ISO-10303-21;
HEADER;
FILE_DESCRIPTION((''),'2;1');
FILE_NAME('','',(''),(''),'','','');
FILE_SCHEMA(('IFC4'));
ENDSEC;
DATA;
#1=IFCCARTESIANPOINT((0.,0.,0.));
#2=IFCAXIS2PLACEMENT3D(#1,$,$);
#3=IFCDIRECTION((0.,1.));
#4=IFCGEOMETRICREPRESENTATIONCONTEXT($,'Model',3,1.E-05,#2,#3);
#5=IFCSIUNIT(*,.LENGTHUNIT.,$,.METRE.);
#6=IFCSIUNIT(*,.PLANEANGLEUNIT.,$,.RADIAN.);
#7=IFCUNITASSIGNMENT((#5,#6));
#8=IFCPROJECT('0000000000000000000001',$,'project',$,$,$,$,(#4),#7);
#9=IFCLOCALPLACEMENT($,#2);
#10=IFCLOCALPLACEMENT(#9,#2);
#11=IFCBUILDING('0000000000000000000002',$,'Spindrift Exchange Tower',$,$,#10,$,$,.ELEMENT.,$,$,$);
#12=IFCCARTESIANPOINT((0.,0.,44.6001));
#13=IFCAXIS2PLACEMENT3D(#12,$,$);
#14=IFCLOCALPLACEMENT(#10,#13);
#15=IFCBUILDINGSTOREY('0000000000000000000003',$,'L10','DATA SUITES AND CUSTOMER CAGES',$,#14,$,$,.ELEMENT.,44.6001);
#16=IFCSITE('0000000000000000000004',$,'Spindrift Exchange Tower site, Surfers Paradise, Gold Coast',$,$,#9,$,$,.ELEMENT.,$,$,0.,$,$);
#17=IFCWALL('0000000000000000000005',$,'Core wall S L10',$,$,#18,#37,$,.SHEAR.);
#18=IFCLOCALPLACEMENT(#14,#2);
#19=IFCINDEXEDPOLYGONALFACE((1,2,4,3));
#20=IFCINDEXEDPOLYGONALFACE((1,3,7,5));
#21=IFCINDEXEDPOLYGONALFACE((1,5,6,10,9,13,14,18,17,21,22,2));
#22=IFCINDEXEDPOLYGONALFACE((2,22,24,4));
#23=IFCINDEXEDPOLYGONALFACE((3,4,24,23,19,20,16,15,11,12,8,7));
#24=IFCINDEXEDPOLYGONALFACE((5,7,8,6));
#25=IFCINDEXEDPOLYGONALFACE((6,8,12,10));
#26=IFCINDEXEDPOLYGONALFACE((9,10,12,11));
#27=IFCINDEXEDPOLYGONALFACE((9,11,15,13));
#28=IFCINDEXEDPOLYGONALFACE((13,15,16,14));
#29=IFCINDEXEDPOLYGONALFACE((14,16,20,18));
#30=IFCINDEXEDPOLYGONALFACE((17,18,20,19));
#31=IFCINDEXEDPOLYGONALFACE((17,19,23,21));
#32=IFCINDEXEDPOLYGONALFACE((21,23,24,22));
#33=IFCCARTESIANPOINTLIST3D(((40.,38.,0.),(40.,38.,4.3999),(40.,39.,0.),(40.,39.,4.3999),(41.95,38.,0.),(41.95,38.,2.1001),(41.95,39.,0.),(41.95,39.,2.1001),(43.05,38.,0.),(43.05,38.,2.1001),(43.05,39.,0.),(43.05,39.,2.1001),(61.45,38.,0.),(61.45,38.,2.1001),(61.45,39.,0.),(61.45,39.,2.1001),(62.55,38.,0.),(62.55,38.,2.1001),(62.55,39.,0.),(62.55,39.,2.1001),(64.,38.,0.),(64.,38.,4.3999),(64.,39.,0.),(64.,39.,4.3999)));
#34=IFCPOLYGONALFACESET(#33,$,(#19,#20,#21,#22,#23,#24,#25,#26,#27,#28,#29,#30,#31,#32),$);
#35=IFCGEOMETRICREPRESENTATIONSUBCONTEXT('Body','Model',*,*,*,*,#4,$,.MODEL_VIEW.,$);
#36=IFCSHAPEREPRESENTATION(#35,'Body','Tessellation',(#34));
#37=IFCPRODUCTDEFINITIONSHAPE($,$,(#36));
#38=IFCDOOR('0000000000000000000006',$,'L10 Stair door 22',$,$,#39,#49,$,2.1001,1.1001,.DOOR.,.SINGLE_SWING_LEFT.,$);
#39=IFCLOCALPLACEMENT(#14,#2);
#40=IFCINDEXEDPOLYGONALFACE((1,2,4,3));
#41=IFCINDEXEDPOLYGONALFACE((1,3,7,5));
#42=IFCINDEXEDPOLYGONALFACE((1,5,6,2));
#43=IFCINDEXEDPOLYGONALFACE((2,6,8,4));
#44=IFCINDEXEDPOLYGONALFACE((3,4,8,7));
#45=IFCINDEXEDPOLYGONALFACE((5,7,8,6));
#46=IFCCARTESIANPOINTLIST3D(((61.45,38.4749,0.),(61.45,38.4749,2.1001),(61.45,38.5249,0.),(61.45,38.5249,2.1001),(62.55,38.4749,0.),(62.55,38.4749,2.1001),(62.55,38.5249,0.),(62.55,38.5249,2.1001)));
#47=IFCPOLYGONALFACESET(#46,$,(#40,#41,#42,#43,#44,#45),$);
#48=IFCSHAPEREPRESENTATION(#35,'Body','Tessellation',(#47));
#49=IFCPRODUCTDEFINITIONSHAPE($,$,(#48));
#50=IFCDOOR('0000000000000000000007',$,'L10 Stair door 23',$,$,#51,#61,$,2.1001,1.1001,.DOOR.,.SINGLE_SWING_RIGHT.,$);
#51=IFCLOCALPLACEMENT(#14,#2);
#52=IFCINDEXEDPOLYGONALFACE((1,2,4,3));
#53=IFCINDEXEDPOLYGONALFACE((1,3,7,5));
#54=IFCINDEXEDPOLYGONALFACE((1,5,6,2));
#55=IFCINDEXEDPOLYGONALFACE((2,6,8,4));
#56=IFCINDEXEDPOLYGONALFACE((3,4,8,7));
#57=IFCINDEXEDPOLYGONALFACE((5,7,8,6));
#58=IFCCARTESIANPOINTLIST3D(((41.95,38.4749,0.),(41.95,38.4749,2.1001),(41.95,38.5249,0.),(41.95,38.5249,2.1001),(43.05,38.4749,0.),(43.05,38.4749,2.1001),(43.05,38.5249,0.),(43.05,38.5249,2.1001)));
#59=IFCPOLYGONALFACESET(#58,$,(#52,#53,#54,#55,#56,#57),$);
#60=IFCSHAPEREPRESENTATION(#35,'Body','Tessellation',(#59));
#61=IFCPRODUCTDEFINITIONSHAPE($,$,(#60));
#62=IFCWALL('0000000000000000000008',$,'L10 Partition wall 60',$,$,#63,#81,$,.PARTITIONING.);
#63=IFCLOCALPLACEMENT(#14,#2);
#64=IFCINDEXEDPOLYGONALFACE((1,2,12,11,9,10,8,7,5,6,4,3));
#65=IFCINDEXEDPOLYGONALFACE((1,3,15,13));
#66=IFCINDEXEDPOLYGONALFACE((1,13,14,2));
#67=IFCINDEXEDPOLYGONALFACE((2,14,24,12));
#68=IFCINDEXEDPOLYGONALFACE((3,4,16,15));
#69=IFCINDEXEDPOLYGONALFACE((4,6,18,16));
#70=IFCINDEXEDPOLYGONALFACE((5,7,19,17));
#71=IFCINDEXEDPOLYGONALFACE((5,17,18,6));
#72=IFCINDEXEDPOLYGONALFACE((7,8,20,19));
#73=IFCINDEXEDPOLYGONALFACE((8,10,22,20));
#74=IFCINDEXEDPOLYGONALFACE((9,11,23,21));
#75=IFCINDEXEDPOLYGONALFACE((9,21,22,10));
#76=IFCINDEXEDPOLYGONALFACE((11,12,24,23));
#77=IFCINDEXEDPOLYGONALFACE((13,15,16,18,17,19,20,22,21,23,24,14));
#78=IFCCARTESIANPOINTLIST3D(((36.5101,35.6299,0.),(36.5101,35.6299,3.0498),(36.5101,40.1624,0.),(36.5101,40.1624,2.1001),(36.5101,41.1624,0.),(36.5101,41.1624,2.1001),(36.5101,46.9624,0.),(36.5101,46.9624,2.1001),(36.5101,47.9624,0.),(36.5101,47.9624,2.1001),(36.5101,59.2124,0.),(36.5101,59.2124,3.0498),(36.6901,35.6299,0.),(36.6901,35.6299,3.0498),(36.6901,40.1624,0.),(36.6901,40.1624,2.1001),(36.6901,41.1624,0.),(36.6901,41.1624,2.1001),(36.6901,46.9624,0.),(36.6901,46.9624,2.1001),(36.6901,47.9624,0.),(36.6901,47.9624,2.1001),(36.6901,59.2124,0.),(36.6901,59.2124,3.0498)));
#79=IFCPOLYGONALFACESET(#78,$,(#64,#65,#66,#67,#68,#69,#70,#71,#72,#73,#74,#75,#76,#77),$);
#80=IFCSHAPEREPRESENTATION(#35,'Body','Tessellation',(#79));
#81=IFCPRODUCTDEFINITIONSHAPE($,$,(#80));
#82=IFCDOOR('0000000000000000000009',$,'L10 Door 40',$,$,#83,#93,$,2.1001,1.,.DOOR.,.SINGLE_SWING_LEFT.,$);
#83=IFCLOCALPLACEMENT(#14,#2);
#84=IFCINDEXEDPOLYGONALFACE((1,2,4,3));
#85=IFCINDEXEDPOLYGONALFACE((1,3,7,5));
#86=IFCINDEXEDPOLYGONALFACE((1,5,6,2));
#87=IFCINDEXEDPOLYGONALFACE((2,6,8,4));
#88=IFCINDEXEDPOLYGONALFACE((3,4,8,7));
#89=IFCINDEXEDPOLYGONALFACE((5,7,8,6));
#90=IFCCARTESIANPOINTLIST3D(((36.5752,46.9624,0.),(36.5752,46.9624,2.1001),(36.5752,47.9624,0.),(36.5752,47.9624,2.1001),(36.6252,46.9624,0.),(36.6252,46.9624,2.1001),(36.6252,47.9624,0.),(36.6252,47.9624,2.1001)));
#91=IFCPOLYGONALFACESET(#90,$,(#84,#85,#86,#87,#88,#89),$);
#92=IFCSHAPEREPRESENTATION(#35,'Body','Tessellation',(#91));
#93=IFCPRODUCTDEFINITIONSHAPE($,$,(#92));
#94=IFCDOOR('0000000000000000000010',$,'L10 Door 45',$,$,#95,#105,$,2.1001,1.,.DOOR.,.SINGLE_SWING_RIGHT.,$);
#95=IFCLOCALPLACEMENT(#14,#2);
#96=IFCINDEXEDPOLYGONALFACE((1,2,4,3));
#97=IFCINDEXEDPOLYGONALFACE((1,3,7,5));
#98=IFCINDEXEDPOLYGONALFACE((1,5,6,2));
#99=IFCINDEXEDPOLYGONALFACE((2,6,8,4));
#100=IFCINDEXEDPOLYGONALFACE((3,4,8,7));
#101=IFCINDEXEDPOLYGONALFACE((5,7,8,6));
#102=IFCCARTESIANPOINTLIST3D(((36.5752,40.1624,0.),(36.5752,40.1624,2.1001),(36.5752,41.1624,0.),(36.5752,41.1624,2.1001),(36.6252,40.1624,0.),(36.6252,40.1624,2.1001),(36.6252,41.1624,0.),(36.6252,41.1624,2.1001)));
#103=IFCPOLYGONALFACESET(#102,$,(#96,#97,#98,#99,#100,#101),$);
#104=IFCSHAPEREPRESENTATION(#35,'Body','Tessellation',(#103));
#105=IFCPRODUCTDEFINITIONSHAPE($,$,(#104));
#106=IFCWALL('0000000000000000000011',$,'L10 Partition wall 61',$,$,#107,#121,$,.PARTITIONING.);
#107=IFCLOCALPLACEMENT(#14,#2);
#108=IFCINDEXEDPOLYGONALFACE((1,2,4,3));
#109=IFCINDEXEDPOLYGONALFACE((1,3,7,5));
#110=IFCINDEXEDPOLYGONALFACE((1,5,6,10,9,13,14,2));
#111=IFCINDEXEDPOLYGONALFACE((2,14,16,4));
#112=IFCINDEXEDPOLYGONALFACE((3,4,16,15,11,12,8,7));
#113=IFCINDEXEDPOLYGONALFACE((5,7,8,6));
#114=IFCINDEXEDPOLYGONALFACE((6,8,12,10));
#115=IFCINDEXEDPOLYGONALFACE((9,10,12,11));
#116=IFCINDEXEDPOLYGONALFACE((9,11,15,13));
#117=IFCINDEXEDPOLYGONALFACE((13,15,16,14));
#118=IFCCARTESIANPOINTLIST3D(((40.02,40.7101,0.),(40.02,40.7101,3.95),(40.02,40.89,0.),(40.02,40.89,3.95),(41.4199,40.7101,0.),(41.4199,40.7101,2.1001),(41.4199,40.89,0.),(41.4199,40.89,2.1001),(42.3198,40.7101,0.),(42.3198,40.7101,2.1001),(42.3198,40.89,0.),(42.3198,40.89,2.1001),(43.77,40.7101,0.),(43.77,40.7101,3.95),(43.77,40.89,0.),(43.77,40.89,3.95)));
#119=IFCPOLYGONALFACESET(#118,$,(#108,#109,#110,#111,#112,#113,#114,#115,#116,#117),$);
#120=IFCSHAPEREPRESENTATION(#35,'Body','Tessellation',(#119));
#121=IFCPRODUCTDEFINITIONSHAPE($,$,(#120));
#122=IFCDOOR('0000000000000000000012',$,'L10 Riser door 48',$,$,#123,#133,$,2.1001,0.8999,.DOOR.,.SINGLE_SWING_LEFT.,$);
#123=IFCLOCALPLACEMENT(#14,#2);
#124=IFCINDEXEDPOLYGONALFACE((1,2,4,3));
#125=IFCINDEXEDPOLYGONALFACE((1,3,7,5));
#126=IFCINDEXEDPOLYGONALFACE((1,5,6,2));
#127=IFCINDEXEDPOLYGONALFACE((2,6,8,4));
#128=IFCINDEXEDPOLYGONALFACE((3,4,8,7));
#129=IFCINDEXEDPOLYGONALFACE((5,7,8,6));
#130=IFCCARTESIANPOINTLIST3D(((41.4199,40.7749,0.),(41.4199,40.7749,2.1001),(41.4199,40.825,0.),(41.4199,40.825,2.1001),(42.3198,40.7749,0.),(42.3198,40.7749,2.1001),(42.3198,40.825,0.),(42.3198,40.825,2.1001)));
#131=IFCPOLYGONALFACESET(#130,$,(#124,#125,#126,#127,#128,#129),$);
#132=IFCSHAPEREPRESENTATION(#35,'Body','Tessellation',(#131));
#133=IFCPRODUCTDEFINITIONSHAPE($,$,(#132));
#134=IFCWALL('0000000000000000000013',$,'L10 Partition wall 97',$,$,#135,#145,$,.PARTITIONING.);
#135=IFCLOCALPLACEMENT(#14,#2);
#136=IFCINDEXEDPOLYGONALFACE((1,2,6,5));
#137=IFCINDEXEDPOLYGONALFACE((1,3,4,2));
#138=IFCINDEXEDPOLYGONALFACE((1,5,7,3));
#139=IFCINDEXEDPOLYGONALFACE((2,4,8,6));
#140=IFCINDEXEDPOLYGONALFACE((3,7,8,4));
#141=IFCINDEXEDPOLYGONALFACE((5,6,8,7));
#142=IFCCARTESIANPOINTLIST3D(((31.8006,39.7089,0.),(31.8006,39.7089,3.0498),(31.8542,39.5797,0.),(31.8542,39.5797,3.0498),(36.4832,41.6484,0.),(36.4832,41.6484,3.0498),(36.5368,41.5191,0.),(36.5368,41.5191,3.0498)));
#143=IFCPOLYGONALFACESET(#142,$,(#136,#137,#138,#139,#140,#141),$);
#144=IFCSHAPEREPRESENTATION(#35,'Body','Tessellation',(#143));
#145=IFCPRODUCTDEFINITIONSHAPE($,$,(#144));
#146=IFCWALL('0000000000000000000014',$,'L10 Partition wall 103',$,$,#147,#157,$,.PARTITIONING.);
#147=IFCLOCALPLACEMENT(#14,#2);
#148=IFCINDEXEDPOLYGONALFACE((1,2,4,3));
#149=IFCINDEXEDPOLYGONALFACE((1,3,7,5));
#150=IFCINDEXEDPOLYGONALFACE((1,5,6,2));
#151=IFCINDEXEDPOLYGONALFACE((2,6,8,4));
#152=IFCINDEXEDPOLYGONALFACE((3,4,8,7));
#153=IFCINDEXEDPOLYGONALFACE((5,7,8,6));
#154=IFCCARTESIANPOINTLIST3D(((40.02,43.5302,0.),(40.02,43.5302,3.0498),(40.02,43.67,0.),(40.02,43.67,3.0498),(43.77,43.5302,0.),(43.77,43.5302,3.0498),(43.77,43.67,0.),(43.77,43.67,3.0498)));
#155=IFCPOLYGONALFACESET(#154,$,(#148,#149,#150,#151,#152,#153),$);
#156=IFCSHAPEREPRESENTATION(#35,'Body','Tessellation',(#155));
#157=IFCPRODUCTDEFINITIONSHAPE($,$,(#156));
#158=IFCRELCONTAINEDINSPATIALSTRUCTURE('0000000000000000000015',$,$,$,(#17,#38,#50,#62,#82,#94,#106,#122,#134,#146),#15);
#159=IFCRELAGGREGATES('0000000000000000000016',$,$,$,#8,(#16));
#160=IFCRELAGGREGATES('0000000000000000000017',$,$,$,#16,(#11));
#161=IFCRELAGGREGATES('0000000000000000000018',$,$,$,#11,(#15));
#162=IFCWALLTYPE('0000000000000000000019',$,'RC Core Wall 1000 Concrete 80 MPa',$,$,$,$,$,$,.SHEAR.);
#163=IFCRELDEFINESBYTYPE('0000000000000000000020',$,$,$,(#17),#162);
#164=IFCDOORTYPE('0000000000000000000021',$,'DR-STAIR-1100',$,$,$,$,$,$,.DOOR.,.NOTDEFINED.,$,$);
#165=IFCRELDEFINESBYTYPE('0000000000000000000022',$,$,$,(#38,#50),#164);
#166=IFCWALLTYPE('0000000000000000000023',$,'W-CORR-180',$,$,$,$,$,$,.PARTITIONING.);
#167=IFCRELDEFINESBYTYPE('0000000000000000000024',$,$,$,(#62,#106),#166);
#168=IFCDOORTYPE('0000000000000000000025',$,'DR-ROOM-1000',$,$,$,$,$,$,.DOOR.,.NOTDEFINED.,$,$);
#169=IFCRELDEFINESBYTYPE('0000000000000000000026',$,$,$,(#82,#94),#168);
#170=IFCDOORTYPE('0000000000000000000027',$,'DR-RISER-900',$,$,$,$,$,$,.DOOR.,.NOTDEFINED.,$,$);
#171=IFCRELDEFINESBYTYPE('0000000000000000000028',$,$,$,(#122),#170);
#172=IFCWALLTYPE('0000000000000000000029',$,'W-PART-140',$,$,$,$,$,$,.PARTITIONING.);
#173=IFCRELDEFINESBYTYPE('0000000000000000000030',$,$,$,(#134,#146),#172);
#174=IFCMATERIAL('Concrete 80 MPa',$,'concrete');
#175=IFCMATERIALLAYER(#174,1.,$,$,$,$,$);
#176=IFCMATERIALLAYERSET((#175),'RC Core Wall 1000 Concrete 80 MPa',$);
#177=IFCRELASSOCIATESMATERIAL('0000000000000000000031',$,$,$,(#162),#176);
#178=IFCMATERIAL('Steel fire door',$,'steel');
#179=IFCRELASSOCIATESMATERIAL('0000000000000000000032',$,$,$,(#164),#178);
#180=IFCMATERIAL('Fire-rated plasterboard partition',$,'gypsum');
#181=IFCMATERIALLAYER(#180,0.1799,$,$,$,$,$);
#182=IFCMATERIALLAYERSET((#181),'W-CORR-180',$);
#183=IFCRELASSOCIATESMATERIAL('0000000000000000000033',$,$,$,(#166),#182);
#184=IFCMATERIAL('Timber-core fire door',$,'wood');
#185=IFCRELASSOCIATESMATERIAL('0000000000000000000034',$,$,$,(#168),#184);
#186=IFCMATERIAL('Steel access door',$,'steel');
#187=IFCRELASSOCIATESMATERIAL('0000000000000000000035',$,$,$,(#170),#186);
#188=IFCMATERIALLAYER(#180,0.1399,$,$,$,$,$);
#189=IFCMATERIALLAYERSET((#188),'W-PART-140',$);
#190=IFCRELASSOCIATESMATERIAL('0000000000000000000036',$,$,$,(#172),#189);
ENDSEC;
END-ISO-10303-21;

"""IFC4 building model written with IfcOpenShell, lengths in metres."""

from ifc_helpers import new_model, si_unit, direction, frame, frame_2d, origin, place, context, subcontext, project, spatial, rectangle, extrude, source, transform, mapped, material, layer, layer_set, type_object, element, fill, save


model = new_model("IFC4")

# Units and contexts
model_context = context("Model", 3, precision=1e-05, world=origin(), true_north=direction((0.0, 1.0)))
body_context = subcontext(model_context, "Body", "Model", "MODEL_VIEW")
ifc_project = project(units=[si_unit("LENGTHUNIT", "METRE"), si_unit("PLANEANGLEUNIT", "RADIAN")], contexts=[model_context])

# Site, building, storey
site_placement = place(None, origin())
site = spatial("IfcSite", under=ifc_project, at=site_placement, Name="Spindrift Exchange Tower site, Surfers Paradise, Gold Coast", CompositionType="ELEMENT", RefElevation=0.0)
building_placement = place(site_placement, origin())
building = spatial("IfcBuilding", under=site, at=building_placement, Name="Spindrift Exchange Tower", CompositionType="ELEMENT")
storey_placement = place(building_placement, frame((0.0, 0.0, 44.6001)))
storey = spatial("IfcBuildingStorey", under=building, at=storey_placement, Name="L10", Description="DATA SUITES AND CUSTOMER CAGES", CompositionType="ELEMENT", Elevation=44.6001)

# Shared definitions
ifc_material_1 = material(Name="Concrete 80 MPa", Category="concrete")

# Walls, openings, doors
ifc_layer_1 = layer(ifc_material_1, 1.0)
ifc_layer_set_1 = layer_set([ifc_layer_1], Name="RC Core Wall 1000 Concrete 80 MPa")
wall_type_1 = type_object("IfcWallType", Name="RC Core Wall 1000 Concrete 80 MPa", PredefinedType="SHEAR", material=ifc_layer_set_1)
wall_1_placement = place(storey_placement, frame((40.0, 38.5, 0.0), z_axis=(0.0, 0.0, 1.0), x_axis=(1.0, 0.0, 0.0)))
wall_1 = element("IfcWall", 1, at=wall_1_placement, inside=storey, type_object=wall_type_1, Name="Core wall S L10", PredefinedType="SHEAR", context=body_context, shape_type="SweptSolid", body=[
    extrude(rectangle(XDim=24.0, YDim=1.0, at=frame_2d((12.0, 0.0))), origin(), (0.0, 0.0, 1.0), 4.3999),
])
opening_1_placement = place(wall_1_placement, frame((21.45, 0.0, 0.0)))
opening_1 = element("IfcOpeningElement", 2, at=opening_1_placement, cuts=wall_1, PredefinedType="OPENING", context=body_context, shape_type="SweptSolid", body=[
    extrude(rectangle(XDim=1.1001, YDim=2.1001, at=frame_2d((0.55, 1.05))), frame((0.0, 0.51, 0.0), z_axis=(0.0, -1.0, 0.0), x_axis=(1.0, 0.0, 0.0)), (0.0, 0.0, 1.0), 1.02),
])
opening_2_placement = place(wall_1_placement, frame((1.95, 0.0, 0.0)))
opening_2 = element("IfcOpeningElement", 3, at=opening_2_placement, cuts=wall_1, PredefinedType="OPENING", context=body_context, shape_type="SweptSolid", body=[
    extrude(rectangle(XDim=1.1001, YDim=2.1001, at=frame_2d((0.55, 1.05))), frame((0.0, 0.51, 0.0), z_axis=(0.0, -1.0, 0.0), x_axis=(1.0, 0.0, 0.0)), (0.0, 0.0, 1.0), 1.02),
])
ifc_material_2 = material(Name="Steel fire door", Category="steel")
door_type_1 = type_object("IfcDoorType", Name="DR-STAIR-1100", OperationType="NOTDEFINED", PredefinedType="DOOR", material=ifc_material_2)
shared_shape_1 = source(origin(), body_context, "Body", "SweptSolid", [
    extrude(rectangle(XDim=1.1001, YDim=2.1001, at=frame_2d((0.55, 1.05))), frame((0.0, 0.0249, 0.0), z_axis=(0.0, -1.0, 0.0), x_axis=(1.0, 0.0, 0.0)), (0.0, 0.0, 1.0), 0.05),
])
door_1_placement = place(opening_1_placement, origin())
door_1 = element("IfcDoor", 4, at=door_1_placement, inside=storey, type_object=door_type_1, Name="L10 Stair door 22", OperationType="SINGLE_SWING_LEFT", OverallHeight=2.1001, OverallWidth=1.1001, PredefinedType="DOOR", context=body_context, shape_type="MappedRepresentation", body=[
    mapped(shared_shape_1, transform((0.0, 0.0, 0.0), scale=1.0)),
])
fill(opening_1, door_1)
door_2_placement = place(opening_2_placement, origin())
door_2 = element("IfcDoor", 5, at=door_2_placement, inside=storey, type_object=door_type_1, Name="L10 Stair door 23", OperationType="SINGLE_SWING_RIGHT", OverallHeight=2.1001, OverallWidth=1.1001, PredefinedType="DOOR", context=body_context, shape_type="MappedRepresentation", body=[
    mapped(shared_shape_1, transform((0.0, 0.0, 0.0), scale=1.0)),
])
fill(opening_2, door_2)
ifc_material_3 = material(Name="Fire-rated plasterboard partition", Category="gypsum")
ifc_layer_2 = layer(ifc_material_3, 0.1799)
ifc_layer_set_2 = layer_set([ifc_layer_2], Name="W-CORR-180")
wall_type_2 = type_object("IfcWallType", Name="W-CORR-180", PredefinedType="PARTITIONING", material=ifc_layer_set_2)
wall_2_placement = place(storey_placement, frame((36.6001, 35.6299, 0.0), z_axis=(0.0, 0.0, 1.0), x_axis=(0.0, 1.0, 0.0)))
wall_2 = element("IfcWall", 6, at=wall_2_placement, inside=storey, type_object=wall_type_2, Name="L10 Partition wall 60", PredefinedType="PARTITIONING", context=body_context, shape_type="SweptSolid", body=[
    extrude(rectangle(XDim=23.5825, YDim=0.1799, at=frame_2d((11.7913, 0.0))), origin(), (0.0, 0.0, 1.0), 3.0498),
])
opening_3_placement = place(wall_2_placement, frame((11.3325, 0.0, 0.0)))
opening_3 = element("IfcOpeningElement", 7, at=opening_3_placement, cuts=wall_2, PredefinedType="OPENING", context=body_context, shape_type="SweptSolid", body=[
    extrude(rectangle(XDim=1.0, YDim=2.1001, at=frame_2d((0.5, 1.05))), frame((0.0, 0.0999, 0.0), z_axis=(0.0, -1.0, 0.0), x_axis=(1.0, 0.0, 0.0)), (0.0, 0.0, 1.0), 0.2),
])
opening_4_placement = place(wall_2_placement, frame((4.5325, 0.0, 0.0)))
opening_4 = element("IfcOpeningElement", 8, at=opening_4_placement, cuts=wall_2, PredefinedType="OPENING", context=body_context, shape_type="SweptSolid", body=[
    extrude(rectangle(XDim=1.0, YDim=2.1001, at=frame_2d((0.5, 1.05))), frame((0.0, 0.0999, 0.0), z_axis=(0.0, -1.0, 0.0), x_axis=(1.0, 0.0, 0.0)), (0.0, 0.0, 1.0), 0.2),
])
ifc_material_4 = material(Name="Timber-core fire door", Category="wood")
door_type_2 = type_object("IfcDoorType", Name="DR-ROOM-1000", OperationType="NOTDEFINED", PredefinedType="DOOR", material=ifc_material_4)
shared_shape_2 = source(origin(), body_context, "Body", "SweptSolid", [
    extrude(rectangle(XDim=1.0, YDim=2.1001, at=frame_2d((0.5, 1.05))), frame((0.0, 0.0249, 0.0), z_axis=(0.0, -1.0, 0.0), x_axis=(1.0, 0.0, 0.0)), (0.0, 0.0, 1.0), 0.05),
])
door_3_placement = place(opening_3_placement, origin())
door_3 = element("IfcDoor", 9, at=door_3_placement, inside=storey, type_object=door_type_2, Name="L10 Door 40", OperationType="SINGLE_SWING_LEFT", OverallHeight=2.1001, OverallWidth=1.0, PredefinedType="DOOR", context=body_context, shape_type="MappedRepresentation", body=[
    mapped(shared_shape_2, transform((0.0, 0.0, 0.0), scale=1.0)),
])
fill(opening_3, door_3)
door_4_placement = place(opening_4_placement, origin())
door_4 = element("IfcDoor", 10, at=door_4_placement, inside=storey, type_object=door_type_2, Name="L10 Door 45", OperationType="SINGLE_SWING_RIGHT", OverallHeight=2.1001, OverallWidth=1.0, PredefinedType="DOOR", context=body_context, shape_type="MappedRepresentation", body=[
    mapped(shared_shape_2, transform((0.0, 0.0, 0.0), scale=1.0)),
])
fill(opening_4, door_4)

# Wall, opening, door
wall_3_placement = place(storey_placement, frame((40.02, 40.8, 0.0), z_axis=(0.0, 0.0, 1.0), x_axis=(1.0, 0.0, 0.0)))
wall_3 = element("IfcWall", 11, at=wall_3_placement, inside=storey, type_object=wall_type_2, Name="L10 Partition wall 61", PredefinedType="PARTITIONING", context=body_context, shape_type="SweptSolid", body=[
    extrude(rectangle(XDim=3.75, YDim=0.1799, at=frame_2d((1.875, 0.0))), origin(), (0.0, 0.0, 1.0), 3.95),
])
opening_5_placement = place(wall_3_placement, frame((1.3999, 0.0, 0.0)))
opening_5 = element("IfcOpeningElement", 12, at=opening_5_placement, cuts=wall_3, PredefinedType="OPENING", context=body_context, shape_type="SweptSolid", body=[
    extrude(rectangle(XDim=0.8999, YDim=2.1001, at=frame_2d((0.45, 1.05))), frame((0.0, 0.0999, 0.0), z_axis=(0.0, -1.0, 0.0), x_axis=(1.0, 0.0, 0.0)), (0.0, 0.0, 1.0), 0.2),
])
ifc_material_5 = material(Name="Steel access door", Category="steel")
door_type_3 = type_object("IfcDoorType", Name="DR-RISER-900", OperationType="NOTDEFINED", PredefinedType="DOOR", material=ifc_material_5)
shared_shape_3 = source(origin(), body_context, "Body", "SweptSolid", [
    extrude(rectangle(XDim=0.8999, YDim=2.1001, at=frame_2d((0.45, 1.05))), frame((0.0, 0.0249, 0.0), z_axis=(0.0, -1.0, 0.0), x_axis=(1.0, 0.0, 0.0)), (0.0, 0.0, 1.0), 0.05),
])
door_5_placement = place(opening_5_placement, origin())
door_5 = element("IfcDoor", 13, at=door_5_placement, inside=storey, type_object=door_type_3, Name="L10 Riser door 48", OperationType="SINGLE_SWING_LEFT", OverallHeight=2.1001, OverallWidth=0.8999, PredefinedType="DOOR", context=body_context, shape_type="MappedRepresentation", body=[
    mapped(shared_shape_3, transform((0.0, 0.0, 0.0), scale=1.0)),
])
fill(opening_5, door_5)

# Walls
ifc_layer_3 = layer(ifc_material_3, 0.1399)
ifc_layer_set_3 = layer_set([ifc_layer_3], Name="W-PART-140")
wall_type_3 = type_object("IfcWallType", Name="W-PART-140", PredefinedType="PARTITIONING", material=ifc_layer_set_3)
wall_4_placement = place(storey_placement, frame((36.51, 41.5837, 0.0), z_axis=(0.0, 0.0, 1.0), x_axis=(-0.92389, -0.382658, 0.0)))
element("IfcWall", 14, at=wall_4_placement, inside=storey, type_object=wall_type_3, Name="L10 Partition wall 97", PredefinedType="PARTITIONING", context=body_context, shape_type="SweptSolid", body=[
    extrude(rectangle(XDim=5.0684, YDim=0.1399, at=frame_2d((2.5342, 0.0))), origin(), (0.0, 0.0, 1.0), 3.0498),
])
wall_5_placement = place(storey_placement, frame((43.77, 43.6001, 0.0), z_axis=(0.0, 0.0, 1.0), x_axis=(-1.0, 0.0, 0.0)))
element("IfcWall", 15, at=wall_5_placement, inside=storey, type_object=wall_type_3, Name="L10 Partition wall 103", PredefinedType="PARTITIONING", context=body_context, shape_type="SweptSolid", body=[
    extrude(rectangle(XDim=3.75, YDim=0.1399, at=frame_2d((1.875, 0.0))), origin(), (0.0, 0.0, 1.0), 3.0498),
])

save(model, "model.ifc")
